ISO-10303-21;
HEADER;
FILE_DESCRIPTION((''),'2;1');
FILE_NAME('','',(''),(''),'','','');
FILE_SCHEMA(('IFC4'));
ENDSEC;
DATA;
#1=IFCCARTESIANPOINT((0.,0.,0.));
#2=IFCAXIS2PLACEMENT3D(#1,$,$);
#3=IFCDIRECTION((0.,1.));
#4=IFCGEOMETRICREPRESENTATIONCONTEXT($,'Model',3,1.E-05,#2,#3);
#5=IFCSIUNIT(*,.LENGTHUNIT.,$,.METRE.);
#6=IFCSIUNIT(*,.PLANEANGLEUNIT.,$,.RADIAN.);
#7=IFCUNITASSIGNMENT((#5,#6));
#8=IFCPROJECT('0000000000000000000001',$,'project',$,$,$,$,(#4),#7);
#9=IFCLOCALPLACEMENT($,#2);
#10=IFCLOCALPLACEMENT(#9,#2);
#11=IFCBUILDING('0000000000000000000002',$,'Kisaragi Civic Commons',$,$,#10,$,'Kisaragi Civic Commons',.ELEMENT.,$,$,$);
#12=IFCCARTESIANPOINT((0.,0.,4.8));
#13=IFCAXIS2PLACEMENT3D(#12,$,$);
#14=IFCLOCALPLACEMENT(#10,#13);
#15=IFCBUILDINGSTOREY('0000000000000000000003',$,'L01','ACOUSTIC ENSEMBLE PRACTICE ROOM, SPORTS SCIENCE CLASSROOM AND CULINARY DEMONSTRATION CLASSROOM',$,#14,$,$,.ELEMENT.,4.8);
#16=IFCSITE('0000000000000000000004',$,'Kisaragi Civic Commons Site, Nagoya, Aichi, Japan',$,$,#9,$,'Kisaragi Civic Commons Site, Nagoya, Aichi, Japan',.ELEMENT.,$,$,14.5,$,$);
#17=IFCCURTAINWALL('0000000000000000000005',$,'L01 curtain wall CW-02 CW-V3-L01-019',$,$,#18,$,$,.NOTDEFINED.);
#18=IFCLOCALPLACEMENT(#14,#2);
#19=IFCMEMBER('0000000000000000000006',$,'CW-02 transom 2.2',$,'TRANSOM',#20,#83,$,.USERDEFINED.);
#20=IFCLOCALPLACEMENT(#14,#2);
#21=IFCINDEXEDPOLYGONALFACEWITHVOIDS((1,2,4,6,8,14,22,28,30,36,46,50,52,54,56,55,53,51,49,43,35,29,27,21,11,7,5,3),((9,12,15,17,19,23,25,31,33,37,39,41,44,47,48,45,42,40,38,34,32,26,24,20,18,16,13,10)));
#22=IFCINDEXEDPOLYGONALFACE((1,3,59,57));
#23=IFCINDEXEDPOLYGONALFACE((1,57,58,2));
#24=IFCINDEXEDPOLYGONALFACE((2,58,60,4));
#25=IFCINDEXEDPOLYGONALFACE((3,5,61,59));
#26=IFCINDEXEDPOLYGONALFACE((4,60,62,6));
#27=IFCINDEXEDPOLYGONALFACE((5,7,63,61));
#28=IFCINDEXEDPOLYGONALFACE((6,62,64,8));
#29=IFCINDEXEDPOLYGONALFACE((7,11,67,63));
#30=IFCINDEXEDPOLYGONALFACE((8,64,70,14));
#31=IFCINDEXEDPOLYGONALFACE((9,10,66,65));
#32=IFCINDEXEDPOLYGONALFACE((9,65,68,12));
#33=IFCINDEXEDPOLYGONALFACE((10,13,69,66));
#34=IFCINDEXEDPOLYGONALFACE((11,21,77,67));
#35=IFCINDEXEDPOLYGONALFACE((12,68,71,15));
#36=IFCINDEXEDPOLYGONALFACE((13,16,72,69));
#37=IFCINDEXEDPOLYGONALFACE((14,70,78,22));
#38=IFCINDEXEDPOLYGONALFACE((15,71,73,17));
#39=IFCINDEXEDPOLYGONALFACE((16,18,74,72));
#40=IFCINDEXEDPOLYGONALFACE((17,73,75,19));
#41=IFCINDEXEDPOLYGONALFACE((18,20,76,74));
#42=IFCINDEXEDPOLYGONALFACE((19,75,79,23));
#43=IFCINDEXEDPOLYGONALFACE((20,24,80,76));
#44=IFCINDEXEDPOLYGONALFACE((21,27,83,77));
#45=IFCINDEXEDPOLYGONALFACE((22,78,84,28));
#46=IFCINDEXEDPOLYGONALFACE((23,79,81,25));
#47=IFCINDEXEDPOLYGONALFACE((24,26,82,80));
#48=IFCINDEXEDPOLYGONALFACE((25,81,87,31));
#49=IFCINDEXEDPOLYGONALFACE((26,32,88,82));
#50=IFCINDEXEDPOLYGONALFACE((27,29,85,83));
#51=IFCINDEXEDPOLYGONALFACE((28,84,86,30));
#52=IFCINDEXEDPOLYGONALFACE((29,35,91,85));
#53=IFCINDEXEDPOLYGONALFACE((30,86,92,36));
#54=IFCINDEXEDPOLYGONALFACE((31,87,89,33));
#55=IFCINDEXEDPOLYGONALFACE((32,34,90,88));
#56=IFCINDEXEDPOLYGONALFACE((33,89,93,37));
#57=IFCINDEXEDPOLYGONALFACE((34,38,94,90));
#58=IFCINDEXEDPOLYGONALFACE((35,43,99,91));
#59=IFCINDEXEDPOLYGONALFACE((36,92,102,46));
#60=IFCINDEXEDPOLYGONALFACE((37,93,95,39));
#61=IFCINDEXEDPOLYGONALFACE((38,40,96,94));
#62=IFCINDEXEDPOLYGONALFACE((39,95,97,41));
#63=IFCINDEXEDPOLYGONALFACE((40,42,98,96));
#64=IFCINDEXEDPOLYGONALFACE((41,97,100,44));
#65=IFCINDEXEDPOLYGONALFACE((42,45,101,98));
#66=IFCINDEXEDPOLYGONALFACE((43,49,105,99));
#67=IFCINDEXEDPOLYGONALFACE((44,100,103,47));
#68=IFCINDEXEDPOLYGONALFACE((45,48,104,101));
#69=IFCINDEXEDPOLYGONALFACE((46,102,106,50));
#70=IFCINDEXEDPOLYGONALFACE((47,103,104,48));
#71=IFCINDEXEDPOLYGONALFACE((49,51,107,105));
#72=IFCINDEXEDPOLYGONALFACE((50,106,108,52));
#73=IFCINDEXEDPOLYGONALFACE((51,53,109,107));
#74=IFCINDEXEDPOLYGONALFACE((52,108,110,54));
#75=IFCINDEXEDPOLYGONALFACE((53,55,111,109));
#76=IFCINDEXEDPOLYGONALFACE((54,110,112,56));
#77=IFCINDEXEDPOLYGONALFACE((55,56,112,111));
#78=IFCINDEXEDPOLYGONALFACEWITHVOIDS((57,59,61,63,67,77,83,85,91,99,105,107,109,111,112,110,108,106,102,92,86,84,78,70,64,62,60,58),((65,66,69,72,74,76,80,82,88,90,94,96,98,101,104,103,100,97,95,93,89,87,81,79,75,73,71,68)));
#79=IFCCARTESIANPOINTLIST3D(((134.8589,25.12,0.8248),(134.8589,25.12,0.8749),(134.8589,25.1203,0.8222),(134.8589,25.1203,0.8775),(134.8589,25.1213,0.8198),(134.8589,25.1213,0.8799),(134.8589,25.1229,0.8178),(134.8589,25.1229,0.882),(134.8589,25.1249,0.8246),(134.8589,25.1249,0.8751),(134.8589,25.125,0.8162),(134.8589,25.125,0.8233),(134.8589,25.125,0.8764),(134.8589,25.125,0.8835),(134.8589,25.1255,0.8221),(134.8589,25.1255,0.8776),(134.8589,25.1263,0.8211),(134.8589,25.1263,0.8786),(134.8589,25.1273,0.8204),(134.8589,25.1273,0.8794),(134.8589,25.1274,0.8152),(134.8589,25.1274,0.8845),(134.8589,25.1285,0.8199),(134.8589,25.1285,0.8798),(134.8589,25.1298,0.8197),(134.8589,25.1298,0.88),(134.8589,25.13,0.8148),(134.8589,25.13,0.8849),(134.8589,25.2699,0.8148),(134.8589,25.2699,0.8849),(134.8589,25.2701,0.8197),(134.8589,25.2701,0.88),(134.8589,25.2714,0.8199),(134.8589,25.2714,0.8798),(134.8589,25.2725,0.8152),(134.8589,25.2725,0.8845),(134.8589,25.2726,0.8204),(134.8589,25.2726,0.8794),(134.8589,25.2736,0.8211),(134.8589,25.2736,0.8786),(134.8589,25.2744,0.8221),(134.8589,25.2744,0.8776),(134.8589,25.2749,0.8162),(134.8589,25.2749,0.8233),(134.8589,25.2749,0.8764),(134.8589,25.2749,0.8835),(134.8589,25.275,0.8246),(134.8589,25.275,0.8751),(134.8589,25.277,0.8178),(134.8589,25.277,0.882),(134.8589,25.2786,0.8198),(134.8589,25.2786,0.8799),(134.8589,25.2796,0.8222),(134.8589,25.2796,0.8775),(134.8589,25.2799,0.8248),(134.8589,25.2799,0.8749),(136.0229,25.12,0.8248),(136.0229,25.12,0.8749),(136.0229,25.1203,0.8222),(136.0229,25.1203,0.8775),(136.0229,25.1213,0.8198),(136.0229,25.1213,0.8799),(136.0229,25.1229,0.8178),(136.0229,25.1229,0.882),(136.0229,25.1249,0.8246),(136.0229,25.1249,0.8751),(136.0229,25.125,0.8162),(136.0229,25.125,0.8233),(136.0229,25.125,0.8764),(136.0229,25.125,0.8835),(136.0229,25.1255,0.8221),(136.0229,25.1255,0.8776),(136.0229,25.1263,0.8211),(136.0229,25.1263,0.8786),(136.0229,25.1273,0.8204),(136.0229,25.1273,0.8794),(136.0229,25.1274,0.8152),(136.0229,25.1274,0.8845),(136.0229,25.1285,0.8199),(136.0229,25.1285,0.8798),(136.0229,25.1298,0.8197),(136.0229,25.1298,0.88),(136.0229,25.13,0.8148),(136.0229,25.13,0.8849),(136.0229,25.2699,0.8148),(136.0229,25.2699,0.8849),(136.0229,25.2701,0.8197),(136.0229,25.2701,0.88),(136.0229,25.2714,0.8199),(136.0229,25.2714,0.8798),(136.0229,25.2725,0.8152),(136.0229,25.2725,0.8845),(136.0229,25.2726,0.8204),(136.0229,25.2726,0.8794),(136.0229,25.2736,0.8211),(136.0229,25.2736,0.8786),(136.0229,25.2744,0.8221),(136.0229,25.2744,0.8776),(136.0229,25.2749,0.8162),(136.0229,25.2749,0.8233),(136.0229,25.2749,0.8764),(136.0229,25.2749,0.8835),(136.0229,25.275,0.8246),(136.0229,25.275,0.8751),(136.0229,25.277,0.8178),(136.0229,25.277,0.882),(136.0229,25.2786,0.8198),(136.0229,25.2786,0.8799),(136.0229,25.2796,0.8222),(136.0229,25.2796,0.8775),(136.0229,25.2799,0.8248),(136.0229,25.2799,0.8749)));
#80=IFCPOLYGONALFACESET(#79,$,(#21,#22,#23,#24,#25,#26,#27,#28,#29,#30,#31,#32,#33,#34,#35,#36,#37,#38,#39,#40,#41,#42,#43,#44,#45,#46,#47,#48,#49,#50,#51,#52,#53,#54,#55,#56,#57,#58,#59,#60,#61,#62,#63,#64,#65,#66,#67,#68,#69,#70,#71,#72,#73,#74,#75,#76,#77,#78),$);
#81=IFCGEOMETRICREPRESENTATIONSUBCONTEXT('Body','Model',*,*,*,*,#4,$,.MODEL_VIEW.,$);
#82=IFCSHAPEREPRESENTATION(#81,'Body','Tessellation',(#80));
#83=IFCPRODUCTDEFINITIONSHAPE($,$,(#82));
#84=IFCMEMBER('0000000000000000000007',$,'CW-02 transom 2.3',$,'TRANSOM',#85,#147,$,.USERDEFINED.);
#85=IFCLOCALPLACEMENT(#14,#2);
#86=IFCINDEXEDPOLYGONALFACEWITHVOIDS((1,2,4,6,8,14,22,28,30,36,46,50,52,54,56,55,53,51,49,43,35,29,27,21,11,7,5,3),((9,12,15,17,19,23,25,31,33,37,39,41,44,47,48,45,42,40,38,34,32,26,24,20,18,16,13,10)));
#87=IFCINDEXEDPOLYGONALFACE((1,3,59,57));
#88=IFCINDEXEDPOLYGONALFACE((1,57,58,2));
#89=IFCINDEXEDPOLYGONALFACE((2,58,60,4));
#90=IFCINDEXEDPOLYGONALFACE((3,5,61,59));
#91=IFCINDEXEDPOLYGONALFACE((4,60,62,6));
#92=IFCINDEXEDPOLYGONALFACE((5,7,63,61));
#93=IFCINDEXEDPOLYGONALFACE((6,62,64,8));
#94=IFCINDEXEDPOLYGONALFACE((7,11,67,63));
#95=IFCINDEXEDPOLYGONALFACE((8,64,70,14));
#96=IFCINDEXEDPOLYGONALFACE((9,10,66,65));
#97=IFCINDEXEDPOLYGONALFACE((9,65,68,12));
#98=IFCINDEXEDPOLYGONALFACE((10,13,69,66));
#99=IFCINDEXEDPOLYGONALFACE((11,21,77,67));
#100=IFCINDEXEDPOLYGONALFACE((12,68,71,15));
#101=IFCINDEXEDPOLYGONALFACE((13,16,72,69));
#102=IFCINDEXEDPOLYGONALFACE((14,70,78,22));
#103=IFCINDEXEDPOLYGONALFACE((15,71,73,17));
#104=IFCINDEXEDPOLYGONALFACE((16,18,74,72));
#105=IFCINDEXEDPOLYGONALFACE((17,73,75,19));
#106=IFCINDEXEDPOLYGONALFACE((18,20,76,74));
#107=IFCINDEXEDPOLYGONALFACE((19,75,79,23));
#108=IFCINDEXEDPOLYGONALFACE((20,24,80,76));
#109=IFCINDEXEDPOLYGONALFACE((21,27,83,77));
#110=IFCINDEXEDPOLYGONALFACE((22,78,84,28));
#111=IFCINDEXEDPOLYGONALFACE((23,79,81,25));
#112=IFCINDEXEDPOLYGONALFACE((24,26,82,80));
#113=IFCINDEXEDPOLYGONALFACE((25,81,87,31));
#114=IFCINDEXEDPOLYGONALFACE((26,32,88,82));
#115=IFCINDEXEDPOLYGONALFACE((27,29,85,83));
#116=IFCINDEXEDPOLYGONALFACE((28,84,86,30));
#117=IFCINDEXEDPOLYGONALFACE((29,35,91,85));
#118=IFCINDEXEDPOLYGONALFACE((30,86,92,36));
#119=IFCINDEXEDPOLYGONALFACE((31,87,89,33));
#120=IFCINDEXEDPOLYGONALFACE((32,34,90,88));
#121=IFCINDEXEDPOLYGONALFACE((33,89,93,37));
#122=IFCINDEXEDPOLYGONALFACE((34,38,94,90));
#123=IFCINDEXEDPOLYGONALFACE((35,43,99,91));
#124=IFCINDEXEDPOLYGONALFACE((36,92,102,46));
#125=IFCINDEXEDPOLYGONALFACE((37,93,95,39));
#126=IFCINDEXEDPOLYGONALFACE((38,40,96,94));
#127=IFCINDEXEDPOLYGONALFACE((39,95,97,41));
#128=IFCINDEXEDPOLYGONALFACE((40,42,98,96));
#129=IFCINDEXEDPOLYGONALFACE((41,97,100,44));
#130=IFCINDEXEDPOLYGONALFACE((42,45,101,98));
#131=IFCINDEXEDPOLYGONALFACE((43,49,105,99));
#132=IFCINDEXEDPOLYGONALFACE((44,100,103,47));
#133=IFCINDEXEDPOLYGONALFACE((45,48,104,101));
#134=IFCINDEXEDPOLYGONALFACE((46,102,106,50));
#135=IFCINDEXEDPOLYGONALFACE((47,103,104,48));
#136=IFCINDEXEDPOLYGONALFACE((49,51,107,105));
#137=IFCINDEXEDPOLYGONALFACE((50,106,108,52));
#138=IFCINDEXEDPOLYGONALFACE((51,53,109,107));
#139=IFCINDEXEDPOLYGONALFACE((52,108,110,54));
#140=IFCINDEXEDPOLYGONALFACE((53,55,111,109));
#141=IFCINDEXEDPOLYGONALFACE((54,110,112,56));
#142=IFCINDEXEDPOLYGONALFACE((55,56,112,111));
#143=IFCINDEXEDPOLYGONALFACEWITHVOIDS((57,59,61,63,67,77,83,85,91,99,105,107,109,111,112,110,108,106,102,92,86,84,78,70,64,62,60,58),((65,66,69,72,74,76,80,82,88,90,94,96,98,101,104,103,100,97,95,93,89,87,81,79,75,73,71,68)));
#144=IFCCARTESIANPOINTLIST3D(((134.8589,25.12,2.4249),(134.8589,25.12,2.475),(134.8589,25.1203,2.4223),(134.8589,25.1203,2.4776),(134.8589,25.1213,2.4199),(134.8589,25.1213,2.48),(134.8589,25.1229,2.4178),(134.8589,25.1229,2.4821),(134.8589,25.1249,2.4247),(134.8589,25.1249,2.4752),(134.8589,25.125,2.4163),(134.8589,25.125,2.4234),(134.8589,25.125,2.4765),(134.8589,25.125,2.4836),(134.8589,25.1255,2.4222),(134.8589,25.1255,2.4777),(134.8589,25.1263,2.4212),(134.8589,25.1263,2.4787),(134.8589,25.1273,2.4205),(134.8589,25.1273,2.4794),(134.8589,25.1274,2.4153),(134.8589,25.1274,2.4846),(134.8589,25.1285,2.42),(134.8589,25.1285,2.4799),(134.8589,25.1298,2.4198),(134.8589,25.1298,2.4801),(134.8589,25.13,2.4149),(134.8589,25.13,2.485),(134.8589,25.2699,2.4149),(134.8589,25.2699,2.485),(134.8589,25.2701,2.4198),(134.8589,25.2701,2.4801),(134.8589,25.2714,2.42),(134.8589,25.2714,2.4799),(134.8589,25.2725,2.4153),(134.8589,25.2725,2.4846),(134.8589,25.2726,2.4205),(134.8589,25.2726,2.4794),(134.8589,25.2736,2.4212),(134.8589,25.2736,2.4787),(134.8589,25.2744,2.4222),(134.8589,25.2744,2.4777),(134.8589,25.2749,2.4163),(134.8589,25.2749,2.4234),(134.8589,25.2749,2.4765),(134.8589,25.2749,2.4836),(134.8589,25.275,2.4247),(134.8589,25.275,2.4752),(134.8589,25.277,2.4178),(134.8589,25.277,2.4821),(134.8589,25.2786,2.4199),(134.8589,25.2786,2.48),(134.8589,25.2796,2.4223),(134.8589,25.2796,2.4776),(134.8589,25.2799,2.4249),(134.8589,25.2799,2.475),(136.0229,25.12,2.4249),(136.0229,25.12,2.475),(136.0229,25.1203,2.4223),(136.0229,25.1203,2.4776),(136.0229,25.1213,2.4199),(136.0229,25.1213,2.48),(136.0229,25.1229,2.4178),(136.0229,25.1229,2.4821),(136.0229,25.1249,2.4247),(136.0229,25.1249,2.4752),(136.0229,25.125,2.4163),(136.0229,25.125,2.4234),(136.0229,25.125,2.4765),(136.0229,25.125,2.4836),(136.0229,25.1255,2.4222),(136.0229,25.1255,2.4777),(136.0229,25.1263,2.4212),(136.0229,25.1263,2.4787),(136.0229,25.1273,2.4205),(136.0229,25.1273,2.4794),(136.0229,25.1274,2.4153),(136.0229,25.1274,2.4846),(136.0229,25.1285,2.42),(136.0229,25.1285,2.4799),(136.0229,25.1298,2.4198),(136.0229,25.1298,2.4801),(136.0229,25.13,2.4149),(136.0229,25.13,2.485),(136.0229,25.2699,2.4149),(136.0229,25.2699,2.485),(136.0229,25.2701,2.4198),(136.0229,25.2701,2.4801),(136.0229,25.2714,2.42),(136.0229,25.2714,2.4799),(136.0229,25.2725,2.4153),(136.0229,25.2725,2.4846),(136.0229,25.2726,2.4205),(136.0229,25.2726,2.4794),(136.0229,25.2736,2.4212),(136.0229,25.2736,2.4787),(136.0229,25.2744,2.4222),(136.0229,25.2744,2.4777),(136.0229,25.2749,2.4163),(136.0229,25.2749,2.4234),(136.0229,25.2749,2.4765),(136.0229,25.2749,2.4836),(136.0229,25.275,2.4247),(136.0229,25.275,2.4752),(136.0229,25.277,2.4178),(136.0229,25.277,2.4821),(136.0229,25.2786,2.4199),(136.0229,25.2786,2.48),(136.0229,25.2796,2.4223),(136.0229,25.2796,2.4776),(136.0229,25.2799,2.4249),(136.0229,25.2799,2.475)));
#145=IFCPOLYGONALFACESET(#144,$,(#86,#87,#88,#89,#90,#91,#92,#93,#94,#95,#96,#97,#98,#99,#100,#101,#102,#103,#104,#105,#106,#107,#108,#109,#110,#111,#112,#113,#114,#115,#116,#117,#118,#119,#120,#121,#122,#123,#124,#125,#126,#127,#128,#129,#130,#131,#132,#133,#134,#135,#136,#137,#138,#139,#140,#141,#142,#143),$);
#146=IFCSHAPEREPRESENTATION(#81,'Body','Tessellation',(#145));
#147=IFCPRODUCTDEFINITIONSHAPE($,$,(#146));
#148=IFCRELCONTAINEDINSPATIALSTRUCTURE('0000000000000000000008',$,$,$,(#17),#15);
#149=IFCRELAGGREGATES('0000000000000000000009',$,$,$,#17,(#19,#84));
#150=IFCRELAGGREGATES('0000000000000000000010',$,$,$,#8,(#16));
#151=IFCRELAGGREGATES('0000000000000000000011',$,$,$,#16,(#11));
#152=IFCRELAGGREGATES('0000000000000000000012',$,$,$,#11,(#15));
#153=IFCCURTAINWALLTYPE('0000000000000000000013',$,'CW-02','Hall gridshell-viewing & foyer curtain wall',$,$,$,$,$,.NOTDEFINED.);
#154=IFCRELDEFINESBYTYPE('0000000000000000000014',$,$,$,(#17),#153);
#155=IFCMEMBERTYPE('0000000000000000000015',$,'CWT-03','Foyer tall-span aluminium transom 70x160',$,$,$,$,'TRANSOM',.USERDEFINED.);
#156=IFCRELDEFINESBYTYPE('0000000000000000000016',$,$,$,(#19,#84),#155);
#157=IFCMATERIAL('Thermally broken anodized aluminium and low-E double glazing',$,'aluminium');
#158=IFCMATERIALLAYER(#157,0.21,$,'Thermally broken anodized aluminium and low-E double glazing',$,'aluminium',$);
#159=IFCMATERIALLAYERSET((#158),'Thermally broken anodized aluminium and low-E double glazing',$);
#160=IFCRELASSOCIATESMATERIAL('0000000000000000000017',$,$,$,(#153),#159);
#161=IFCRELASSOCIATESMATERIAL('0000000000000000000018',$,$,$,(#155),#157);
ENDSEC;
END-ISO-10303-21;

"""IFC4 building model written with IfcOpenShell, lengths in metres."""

from ifc_helpers import new_model, si_unit, direction, frame, origin, origin_2d, place, context, subcontext, project, spatial, hollow_rectangle, extrude, material, layer, layer_set, material_profile, profile_set, type_object, element, aggregate, save


model = new_model("IFC4")

# Units and contexts
model_context = context("Model", 3, precision=1e-05, world=origin(), true_north=direction((0.0, 1.0)))
body_context = subcontext(model_context, "Body", "Model", "MODEL_VIEW")
ifc_project = project(units=[si_unit("LENGTHUNIT", "METRE"), si_unit("PLANEANGLEUNIT", "RADIAN")], contexts=[model_context])

# Site, building, storey
site_placement = place(None, origin())
site = spatial("IfcSite", under=ifc_project, at=site_placement, Name="Kisaragi Civic Commons Site, Nagoya, Aichi, Japan", LongName="Kisaragi Civic Commons Site, Nagoya, Aichi, Japan", CompositionType="ELEMENT", RefElevation=14.5)
building_placement = place(site_placement, origin())
building = spatial("IfcBuilding", under=site, at=building_placement, Name="Kisaragi Civic Commons", LongName="Kisaragi Civic Commons", CompositionType="ELEMENT")
storey_placement = place(building_placement, frame((0.0, 0.0, 4.8)))
storey = spatial("IfcBuildingStorey", under=building, at=storey_placement, Name="L01", Description="ACOUSTIC ENSEMBLE PRACTICE ROOM, SPORTS SCIENCE CLASSROOM AND CULINARY DEMONSTRATION CLASSROOM", CompositionType="ELEMENT", Elevation=4.8)

# Curtain wall, members
ifc_material_1 = material(Name="Thermally broken anodized aluminium and low-E double glazing", Category="aluminium")
ifc_layer_1 = layer(ifc_material_1, 0.21, Name="Thermally broken anodized aluminium and low-E double glazing", Category="aluminium")
ifc_layer_set_1 = layer_set([ifc_layer_1], Name="Thermally broken anodized aluminium and low-E double glazing")
curtain_wall_type = type_object("IfcCurtainWallType", Name="CW-02", Description="Hall gridshell-viewing & foyer curtain wall", PredefinedType="NOTDEFINED", material=ifc_layer_set_1)
curtain_wall_placement = place(storey_placement, origin())
curtain_wall = element("IfcCurtainWall", 1, at=curtain_wall_placement, inside=storey, type_object=curtain_wall_type, Name="L01 curtain wall CW-02 CW-V3-L01-019", PredefinedType="NOTDEFINED")
ifc_material_profile_1 = material_profile(ifc_material_1, hollow_rectangle(XDim=0.1599, YDim=0.0701, WallThickness=0.0049, InnerFilletRadius=0.0049, OuterFilletRadius=0.01, at=origin_2d()), Name="CWT-70x160x5", Category="aluminium")
ifc_profile_set_1 = profile_set([ifc_material_profile_1], Name="Thermally broken anodized aluminium and low-E double glazing")
member_type_1 = type_object("IfcMemberType", Name="CWT-03", Description="Foyer tall-span aluminium transom 70x160", ElementType="TRANSOM", PredefinedType="USERDEFINED", material=ifc_profile_set_1)
member_1_placement = place(storey_placement, frame((134.8589, 25.2, 0.8499), z_axis=(1.0, 0.0, 0.0), x_axis=(0.0, 1.0, 0.0)))
member_1 = element("IfcMember", 2, at=member_1_placement, type_object=member_type_1, Name="CW-02 transom 2.2", ObjectType="TRANSOM", PredefinedType="USERDEFINED", context=body_context, shape_type="SweptSolid", body=[
    extrude(hollow_rectangle(XDim=0.1599, YDim=0.0701, WallThickness=0.0049, InnerFilletRadius=0.0049, OuterFilletRadius=0.01, at=origin_2d()), origin(), (0.0, 0.0, 1.0), 1.1641),
])
member_2_placement = place(storey_placement, frame((134.8589, 25.2, 2.45), z_axis=(1.0, 0.0, 0.0), x_axis=(0.0, 1.0, 0.0)))
member_2 = element("IfcMember", 3, at=member_2_placement, type_object=member_type_1, Name="CW-02 transom 2.3", ObjectType="TRANSOM", PredefinedType="USERDEFINED", context=body_context, shape_type="SweptSolid", body=[
    extrude(hollow_rectangle(XDim=0.1599, YDim=0.0701, WallThickness=0.0049, InnerFilletRadius=0.0049, OuterFilletRadius=0.01, at=origin_2d()), origin(), (0.0, 0.0, 1.0), 1.1641),
])

aggregate(curtain_wall, [member_1, member_2])

save(model, "model.ifc")
